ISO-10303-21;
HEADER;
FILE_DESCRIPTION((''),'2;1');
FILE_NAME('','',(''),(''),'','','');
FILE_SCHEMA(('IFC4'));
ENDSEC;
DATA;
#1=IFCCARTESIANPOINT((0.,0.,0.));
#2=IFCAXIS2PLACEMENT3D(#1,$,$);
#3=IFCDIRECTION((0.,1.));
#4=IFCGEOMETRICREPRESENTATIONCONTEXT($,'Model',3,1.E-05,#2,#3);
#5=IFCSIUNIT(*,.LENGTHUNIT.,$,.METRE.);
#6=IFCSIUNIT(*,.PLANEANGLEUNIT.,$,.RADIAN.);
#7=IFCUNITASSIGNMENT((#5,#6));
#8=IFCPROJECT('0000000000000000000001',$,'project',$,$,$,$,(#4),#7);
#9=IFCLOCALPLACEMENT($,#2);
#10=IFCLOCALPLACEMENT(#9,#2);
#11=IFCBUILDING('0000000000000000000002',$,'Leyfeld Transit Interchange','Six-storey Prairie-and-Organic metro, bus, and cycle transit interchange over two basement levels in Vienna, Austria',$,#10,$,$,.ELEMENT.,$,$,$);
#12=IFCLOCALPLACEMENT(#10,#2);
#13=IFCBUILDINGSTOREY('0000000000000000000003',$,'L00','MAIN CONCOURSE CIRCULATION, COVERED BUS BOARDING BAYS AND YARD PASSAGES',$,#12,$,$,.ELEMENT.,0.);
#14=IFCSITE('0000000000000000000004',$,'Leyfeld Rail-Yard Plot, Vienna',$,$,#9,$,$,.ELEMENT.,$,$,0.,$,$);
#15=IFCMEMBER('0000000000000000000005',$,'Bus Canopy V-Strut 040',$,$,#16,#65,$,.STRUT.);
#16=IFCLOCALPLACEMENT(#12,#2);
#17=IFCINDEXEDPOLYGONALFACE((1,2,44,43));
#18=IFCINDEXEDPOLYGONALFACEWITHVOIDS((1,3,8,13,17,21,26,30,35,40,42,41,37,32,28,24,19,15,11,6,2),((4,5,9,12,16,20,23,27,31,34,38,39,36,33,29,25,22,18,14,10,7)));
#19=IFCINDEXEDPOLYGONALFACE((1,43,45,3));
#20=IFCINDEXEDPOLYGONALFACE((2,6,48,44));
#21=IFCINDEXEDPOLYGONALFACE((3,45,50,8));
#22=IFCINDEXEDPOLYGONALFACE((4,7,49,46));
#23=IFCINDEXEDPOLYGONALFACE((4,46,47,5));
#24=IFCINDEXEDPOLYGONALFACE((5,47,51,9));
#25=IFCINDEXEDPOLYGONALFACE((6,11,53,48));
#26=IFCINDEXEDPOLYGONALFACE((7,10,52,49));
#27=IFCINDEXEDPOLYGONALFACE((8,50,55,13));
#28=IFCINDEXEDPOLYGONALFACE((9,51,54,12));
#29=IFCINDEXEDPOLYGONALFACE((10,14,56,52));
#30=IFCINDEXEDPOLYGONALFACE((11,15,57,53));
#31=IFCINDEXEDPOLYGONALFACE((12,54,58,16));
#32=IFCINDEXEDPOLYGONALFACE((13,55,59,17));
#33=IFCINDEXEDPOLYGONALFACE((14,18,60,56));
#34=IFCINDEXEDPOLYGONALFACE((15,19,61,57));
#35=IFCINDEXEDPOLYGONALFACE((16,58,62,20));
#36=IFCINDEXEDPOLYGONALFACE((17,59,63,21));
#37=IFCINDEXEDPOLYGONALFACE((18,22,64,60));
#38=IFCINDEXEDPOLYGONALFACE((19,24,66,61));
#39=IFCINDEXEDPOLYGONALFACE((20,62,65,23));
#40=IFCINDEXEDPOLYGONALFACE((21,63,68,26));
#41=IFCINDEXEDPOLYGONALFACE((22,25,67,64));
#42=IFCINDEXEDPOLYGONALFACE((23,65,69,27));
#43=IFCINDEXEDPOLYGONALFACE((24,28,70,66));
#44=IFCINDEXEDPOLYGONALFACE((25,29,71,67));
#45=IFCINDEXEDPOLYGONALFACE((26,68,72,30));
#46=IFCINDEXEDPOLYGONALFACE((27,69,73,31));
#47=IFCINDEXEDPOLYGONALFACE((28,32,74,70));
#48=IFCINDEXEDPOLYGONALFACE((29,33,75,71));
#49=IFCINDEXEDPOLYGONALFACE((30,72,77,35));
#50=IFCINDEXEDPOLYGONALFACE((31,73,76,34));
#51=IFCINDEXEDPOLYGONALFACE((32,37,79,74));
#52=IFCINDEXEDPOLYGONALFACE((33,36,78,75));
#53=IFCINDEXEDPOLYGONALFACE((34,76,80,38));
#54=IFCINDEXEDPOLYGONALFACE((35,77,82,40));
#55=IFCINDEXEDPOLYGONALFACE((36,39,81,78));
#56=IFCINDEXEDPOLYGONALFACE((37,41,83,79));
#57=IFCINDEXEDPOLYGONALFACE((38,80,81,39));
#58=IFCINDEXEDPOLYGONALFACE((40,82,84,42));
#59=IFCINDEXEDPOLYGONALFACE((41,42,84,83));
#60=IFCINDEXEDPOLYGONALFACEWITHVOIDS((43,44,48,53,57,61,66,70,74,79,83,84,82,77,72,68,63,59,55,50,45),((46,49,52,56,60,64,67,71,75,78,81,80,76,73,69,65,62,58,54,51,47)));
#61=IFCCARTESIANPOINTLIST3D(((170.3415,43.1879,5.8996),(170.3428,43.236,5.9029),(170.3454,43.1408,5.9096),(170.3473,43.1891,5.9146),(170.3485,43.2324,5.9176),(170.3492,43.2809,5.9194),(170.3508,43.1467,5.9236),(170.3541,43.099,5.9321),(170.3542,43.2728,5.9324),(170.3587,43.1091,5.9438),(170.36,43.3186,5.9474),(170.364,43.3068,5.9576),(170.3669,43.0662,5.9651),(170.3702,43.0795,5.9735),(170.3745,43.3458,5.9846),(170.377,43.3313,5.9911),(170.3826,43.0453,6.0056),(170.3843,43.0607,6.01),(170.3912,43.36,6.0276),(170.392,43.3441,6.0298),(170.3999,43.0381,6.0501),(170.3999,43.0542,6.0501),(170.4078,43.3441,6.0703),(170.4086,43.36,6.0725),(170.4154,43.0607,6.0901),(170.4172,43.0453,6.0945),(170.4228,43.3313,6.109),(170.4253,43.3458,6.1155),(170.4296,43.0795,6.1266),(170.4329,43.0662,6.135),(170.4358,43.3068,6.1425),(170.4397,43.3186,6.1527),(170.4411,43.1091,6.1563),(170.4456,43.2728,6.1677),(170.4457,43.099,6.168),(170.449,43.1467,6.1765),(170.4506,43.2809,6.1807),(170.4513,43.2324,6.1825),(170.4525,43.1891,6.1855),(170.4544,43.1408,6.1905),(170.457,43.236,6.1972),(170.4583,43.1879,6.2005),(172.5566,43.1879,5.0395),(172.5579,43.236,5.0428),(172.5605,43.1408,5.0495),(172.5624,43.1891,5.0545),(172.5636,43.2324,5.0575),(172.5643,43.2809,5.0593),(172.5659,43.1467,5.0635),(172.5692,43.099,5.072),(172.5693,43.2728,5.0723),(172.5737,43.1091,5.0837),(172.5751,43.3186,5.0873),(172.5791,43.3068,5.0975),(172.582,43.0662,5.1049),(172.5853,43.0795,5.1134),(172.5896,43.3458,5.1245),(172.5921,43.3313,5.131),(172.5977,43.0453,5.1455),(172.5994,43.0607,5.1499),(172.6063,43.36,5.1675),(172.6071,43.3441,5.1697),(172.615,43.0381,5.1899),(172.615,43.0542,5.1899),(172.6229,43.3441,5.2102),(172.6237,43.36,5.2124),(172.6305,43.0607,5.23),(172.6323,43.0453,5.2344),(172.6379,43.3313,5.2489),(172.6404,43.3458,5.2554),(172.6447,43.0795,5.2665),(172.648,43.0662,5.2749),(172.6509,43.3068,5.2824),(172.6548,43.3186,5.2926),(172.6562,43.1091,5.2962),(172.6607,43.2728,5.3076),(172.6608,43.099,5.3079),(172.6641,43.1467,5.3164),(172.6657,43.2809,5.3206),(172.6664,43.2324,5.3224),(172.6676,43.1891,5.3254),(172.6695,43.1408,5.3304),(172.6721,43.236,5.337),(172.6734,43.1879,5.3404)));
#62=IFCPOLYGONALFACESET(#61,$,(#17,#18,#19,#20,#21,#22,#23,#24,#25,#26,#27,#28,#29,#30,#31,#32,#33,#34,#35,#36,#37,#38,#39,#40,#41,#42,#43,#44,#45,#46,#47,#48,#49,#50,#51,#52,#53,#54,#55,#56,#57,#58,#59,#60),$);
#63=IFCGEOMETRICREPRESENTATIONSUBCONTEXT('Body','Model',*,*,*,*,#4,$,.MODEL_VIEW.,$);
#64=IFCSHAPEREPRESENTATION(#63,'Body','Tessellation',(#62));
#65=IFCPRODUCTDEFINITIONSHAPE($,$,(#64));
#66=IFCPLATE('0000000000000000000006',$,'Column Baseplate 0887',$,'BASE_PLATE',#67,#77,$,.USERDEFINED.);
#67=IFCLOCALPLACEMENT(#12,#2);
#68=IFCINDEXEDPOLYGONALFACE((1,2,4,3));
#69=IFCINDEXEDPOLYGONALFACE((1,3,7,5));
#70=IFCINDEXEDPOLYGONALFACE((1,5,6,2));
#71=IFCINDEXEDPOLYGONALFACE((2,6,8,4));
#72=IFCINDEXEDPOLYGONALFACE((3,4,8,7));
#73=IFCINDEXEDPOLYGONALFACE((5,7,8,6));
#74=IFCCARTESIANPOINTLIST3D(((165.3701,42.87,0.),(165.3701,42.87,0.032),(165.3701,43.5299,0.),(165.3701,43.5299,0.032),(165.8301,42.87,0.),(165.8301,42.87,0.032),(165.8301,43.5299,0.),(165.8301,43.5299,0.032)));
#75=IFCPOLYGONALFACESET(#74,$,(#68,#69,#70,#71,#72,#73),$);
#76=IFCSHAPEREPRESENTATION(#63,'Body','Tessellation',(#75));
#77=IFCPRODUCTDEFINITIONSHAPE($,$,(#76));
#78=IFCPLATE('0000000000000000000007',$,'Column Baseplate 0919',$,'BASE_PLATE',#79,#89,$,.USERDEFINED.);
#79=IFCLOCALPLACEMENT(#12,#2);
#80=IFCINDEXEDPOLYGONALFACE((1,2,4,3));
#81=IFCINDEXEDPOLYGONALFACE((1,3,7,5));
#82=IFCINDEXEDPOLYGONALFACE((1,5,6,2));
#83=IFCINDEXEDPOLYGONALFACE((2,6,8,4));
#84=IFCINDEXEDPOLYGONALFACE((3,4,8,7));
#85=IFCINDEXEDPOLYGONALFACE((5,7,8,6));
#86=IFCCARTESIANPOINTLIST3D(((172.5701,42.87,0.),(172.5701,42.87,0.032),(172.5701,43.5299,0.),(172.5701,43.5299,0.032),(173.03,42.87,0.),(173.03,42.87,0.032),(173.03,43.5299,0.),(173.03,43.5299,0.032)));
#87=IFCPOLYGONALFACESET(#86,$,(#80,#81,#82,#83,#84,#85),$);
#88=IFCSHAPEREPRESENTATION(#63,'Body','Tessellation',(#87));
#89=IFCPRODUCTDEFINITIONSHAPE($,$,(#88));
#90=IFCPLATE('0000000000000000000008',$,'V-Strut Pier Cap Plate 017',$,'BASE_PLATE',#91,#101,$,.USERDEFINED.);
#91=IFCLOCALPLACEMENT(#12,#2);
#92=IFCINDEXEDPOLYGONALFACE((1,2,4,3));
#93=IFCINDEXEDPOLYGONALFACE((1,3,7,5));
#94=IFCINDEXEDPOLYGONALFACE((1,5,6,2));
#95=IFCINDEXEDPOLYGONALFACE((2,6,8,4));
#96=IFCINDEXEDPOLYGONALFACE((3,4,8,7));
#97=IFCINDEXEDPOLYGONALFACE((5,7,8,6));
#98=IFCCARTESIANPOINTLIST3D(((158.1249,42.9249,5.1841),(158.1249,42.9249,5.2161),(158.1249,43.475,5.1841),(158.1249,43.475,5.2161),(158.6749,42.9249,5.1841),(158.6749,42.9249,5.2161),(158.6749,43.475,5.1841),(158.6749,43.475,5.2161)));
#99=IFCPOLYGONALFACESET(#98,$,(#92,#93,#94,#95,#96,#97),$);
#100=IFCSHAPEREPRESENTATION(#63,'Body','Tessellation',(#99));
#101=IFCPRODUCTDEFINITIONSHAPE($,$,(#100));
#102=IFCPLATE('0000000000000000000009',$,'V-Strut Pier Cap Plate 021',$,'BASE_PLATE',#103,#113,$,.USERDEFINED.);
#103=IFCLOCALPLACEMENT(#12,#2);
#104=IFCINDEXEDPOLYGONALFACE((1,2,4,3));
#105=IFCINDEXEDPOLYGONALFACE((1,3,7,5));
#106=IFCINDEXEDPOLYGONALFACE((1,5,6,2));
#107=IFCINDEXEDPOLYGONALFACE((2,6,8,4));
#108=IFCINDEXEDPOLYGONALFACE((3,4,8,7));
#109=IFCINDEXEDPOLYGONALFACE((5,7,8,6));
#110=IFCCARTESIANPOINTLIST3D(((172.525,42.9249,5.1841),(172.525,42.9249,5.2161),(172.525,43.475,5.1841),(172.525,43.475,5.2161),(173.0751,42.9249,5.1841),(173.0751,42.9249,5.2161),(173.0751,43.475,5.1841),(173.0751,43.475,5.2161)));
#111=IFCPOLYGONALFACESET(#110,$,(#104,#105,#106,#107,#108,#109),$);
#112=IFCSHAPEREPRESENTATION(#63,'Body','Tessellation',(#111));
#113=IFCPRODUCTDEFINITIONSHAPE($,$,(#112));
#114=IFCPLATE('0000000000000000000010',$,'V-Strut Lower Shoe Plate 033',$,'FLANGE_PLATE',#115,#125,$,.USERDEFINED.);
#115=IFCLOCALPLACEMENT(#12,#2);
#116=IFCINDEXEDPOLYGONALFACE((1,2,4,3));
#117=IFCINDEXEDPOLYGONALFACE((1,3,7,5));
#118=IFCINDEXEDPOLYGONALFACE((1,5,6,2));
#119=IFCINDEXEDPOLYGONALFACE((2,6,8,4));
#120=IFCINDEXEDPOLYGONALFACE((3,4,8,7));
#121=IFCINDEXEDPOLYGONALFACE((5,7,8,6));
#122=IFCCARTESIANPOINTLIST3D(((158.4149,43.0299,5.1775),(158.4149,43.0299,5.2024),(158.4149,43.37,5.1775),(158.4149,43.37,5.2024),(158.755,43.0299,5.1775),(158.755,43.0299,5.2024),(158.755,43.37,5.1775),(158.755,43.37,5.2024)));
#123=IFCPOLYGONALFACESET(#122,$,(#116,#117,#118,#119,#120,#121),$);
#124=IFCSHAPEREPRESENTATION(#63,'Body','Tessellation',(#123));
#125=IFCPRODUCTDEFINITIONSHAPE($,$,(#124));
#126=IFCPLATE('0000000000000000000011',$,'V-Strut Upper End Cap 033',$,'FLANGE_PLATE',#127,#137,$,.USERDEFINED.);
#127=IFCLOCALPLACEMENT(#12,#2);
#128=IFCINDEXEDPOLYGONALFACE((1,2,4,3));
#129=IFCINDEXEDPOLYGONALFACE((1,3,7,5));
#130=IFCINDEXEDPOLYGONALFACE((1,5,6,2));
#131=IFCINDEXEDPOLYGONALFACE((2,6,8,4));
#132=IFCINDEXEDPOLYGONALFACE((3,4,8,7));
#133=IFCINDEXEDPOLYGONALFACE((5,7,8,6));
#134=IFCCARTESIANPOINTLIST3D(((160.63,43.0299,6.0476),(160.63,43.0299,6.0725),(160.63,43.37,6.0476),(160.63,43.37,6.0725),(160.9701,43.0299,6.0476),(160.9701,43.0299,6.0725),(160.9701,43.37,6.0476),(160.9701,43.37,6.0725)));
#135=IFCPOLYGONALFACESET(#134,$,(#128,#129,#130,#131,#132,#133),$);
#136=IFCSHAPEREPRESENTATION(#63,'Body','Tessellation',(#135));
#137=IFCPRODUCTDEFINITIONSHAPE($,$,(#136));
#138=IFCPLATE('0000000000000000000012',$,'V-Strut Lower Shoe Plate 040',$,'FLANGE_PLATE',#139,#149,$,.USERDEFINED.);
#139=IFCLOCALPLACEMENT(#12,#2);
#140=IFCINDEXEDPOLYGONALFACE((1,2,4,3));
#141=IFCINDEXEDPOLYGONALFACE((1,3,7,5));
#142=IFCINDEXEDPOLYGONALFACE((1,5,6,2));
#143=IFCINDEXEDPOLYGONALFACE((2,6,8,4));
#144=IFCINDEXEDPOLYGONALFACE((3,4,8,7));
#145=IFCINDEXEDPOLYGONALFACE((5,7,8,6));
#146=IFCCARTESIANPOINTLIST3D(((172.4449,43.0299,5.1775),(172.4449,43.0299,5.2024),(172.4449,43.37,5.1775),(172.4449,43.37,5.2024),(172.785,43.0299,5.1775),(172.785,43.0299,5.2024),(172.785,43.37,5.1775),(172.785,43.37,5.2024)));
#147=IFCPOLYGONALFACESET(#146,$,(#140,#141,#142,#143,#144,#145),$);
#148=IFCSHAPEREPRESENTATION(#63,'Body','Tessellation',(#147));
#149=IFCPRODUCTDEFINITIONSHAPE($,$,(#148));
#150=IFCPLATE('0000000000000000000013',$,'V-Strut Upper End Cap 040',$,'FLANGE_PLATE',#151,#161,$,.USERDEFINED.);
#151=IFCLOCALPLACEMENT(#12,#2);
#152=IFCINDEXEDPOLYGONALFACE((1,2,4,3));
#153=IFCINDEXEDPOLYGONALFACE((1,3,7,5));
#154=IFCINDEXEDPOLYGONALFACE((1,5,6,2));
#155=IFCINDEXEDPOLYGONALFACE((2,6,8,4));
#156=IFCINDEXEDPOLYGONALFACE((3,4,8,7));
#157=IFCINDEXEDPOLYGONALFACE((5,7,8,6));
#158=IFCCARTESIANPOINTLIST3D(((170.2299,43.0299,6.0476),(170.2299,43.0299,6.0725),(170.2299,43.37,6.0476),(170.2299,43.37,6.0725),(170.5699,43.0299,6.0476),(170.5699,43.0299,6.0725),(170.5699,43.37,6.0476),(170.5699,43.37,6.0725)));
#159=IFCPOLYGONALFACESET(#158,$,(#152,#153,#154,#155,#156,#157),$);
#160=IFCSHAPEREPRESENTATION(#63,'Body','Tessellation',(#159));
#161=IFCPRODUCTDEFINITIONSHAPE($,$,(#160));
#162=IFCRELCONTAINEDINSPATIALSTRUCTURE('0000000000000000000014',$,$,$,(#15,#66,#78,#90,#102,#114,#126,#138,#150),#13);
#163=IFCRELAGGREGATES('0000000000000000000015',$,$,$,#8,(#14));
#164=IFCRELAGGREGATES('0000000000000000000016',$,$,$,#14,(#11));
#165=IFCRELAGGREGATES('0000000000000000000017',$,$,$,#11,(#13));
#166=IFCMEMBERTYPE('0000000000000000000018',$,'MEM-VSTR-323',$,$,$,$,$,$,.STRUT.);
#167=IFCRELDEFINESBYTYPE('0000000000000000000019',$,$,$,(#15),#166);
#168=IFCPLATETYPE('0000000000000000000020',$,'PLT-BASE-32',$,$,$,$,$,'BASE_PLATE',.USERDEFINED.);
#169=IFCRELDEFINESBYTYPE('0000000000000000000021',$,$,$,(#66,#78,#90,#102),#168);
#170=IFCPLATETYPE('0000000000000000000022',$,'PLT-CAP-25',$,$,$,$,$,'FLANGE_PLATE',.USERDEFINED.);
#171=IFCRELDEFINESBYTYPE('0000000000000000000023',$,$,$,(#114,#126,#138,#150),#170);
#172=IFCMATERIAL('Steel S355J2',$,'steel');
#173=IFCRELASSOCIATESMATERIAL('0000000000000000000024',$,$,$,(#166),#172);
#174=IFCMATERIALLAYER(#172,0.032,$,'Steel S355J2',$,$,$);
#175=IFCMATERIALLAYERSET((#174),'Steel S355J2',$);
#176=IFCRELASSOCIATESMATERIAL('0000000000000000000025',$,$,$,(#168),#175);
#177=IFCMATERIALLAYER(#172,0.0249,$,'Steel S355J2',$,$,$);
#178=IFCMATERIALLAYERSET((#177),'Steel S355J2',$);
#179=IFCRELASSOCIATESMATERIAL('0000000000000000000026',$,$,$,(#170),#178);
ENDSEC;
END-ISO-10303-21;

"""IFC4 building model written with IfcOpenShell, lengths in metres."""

from ifc_helpers import new_model, si_unit, direction, frame, origin, origin_2d, place, context, subcontext, project, spatial, rectangle, hollow_circle, extrude, material, layer, layer_set, material_profile, profile_set, type_object, element, save


model = new_model("IFC4")

# Units and contexts
model_context = context("Model", 3, precision=1e-05, world=origin(), true_north=direction((0.0, 1.0)))
body_context = subcontext(model_context, "Body", "Model", "MODEL_VIEW")
ifc_project = project(units=[si_unit("LENGTHUNIT", "METRE"), si_unit("PLANEANGLEUNIT", "RADIAN")], contexts=[model_context])

# Site, building, storey
site_placement = place(None, origin())
site = spatial("IfcSite", under=ifc_project, at=site_placement, Name="Leyfeld Rail-Yard Plot, Vienna", CompositionType="ELEMENT", RefElevation=0.0)
building_placement = place(site_placement, origin())
building = spatial("IfcBuilding", under=site, at=building_placement, Name="Leyfeld Transit Interchange", Description="Six-storey Prairie-and-Organic metro, bus, and cycle transit interchange over two basement levels in Vienna, Austria", CompositionType="ELEMENT")
storey_placement = place(building_placement, origin())
storey = spatial("IfcBuildingStorey", under=building, at=storey_placement, Name="L00", Description="MAIN CONCOURSE CIRCULATION, COVERED BUS BOARDING BAYS AND YARD PASSAGES", CompositionType="ELEMENT", Elevation=0.0)

# Shared definitions
ifc_material_1 = material(Name="Steel S355J2", Category="steel")

# Member
ifc_material_profile_1 = material_profile(ifc_material_1, hollow_circle(Radius=0.1619, WallThickness=0.0161, at=origin_2d()), Name="CHS 323.9x16")
ifc_profile_set_1 = profile_set([ifc_material_profile_1], Name="Steel S355J2")
member_type_1 = type_object("IfcMemberType", Name="MEM-VSTR-323", PredefinedType="STRUT", material=ifc_profile_set_1)
member_1_placement = place(storey_placement, frame((172.615, 43.2, 5.1899), z_axis=(-0.932192, 0.0, 0.361965), x_axis=(0.0, -1.0, 0.0)))
element("IfcMember", 1, at=member_1_placement, inside=storey, type_object=member_type_1, Name="Bus Canopy V-Strut 040", PredefinedType="STRUT", context=body_context, shape_type="SweptSolid", body=[
    extrude(hollow_circle(Radius=0.1619, WallThickness=0.0161, at=origin_2d()), origin(), (0.0, 0.0, 1.0), 2.3762),
])

# Plates
ifc_layer_1 = layer(ifc_material_1, 0.032, Name="Steel S355J2")
ifc_layer_set_1 = layer_set([ifc_layer_1], Name="Steel S355J2")
plate_type_1 = type_object("IfcPlateType", Name="PLT-BASE-32", ElementType="BASE_PLATE", PredefinedType="USERDEFINED", material=ifc_layer_set_1)
for number, where, z_axis, x_axis, name in (
    (2, (165.6001, 43.2, 0.0), (0.0, 0.0, 1.0), (1.0, 0.0, 0.0), "Column Baseplate 0887"),
    (3, (172.8, 43.2, 0.0), (0.0, 0.0, 1.0), (1.0, 0.0, 0.0), "Column Baseplate 0919"),
):
    element("IfcPlate", number, at=place(storey_placement, frame(where, z_axis=z_axis, x_axis=x_axis)), inside=storey, type_object=plate_type_1, Name=name, ObjectType="BASE_PLATE", PredefinedType="USERDEFINED", context=body_context, shape_type="SweptSolid", body=[
        extrude(rectangle(XDim=0.46, YDim=0.6599, at=origin_2d()), origin(), (0.0, 0.0, 1.0), 0.032),
    ])
for number, where, z_axis, x_axis, name in (
    (4, (158.3999, 43.2, 5.1841), (0.0, 0.0, 1.0), (1.0, 0.0, 0.0), "V-Strut Pier Cap Plate 017"),
    (5, (172.8, 43.2, 5.1841), (0.0, 0.0, 1.0), (1.0, 0.0, 0.0), "V-Strut Pier Cap Plate 021"),
):
    element("IfcPlate", number, at=place(storey_placement, frame(where, z_axis=z_axis, x_axis=x_axis)), inside=storey, type_object=plate_type_1, Name=name, ObjectType="BASE_PLATE", PredefinedType="USERDEFINED", context=body_context, shape_type="SweptSolid", body=[
        extrude(rectangle(XDim=0.55, YDim=0.55, at=origin_2d()), origin(), (0.0, 0.0, 1.0), 0.032),
    ])
ifc_layer_2 = layer(ifc_material_1, 0.0249, Name="Steel S355J2")
ifc_layer_set_2 = layer_set([ifc_layer_2], Name="Steel S355J2")
plate_type_2 = type_object("IfcPlateType", Name="PLT-CAP-25", ElementType="FLANGE_PLATE", PredefinedType="USERDEFINED", material=ifc_layer_set_2)
for number, where, z_axis, x_axis, name in (
    (6, (158.585, 43.2, 5.1775), (0.0, 0.0, 1.0), (1.0, 0.0, 0.0), "V-Strut Lower Shoe Plate 033"),
    (7, (160.8, 43.2, 6.0476), (0.0, 0.0, 1.0), (1.0, 0.0, 0.0), "V-Strut Upper End Cap 033"),
    (8, (172.615, 43.2, 5.1775), (0.0, 0.0, 1.0), (1.0, 0.0, 0.0), "V-Strut Lower Shoe Plate 040"),
    (9, (170.3999, 43.2, 6.0476), (0.0, 0.0, 1.0), (1.0, 0.0, 0.0), "V-Strut Upper End Cap 040"),
):
    element("IfcPlate", number, at=place(storey_placement, frame(where, z_axis=z_axis, x_axis=x_axis)), inside=storey, type_object=plate_type_2, Name=name, ObjectType="FLANGE_PLATE", PredefinedType="USERDEFINED", context=body_context, shape_type="SweptSolid", body=[
        extrude(rectangle(XDim=0.3401, YDim=0.3401, at=origin_2d()), origin(), (0.0, 0.0, 1.0), 0.0249),
    ])

save(model, "model.ifc")
